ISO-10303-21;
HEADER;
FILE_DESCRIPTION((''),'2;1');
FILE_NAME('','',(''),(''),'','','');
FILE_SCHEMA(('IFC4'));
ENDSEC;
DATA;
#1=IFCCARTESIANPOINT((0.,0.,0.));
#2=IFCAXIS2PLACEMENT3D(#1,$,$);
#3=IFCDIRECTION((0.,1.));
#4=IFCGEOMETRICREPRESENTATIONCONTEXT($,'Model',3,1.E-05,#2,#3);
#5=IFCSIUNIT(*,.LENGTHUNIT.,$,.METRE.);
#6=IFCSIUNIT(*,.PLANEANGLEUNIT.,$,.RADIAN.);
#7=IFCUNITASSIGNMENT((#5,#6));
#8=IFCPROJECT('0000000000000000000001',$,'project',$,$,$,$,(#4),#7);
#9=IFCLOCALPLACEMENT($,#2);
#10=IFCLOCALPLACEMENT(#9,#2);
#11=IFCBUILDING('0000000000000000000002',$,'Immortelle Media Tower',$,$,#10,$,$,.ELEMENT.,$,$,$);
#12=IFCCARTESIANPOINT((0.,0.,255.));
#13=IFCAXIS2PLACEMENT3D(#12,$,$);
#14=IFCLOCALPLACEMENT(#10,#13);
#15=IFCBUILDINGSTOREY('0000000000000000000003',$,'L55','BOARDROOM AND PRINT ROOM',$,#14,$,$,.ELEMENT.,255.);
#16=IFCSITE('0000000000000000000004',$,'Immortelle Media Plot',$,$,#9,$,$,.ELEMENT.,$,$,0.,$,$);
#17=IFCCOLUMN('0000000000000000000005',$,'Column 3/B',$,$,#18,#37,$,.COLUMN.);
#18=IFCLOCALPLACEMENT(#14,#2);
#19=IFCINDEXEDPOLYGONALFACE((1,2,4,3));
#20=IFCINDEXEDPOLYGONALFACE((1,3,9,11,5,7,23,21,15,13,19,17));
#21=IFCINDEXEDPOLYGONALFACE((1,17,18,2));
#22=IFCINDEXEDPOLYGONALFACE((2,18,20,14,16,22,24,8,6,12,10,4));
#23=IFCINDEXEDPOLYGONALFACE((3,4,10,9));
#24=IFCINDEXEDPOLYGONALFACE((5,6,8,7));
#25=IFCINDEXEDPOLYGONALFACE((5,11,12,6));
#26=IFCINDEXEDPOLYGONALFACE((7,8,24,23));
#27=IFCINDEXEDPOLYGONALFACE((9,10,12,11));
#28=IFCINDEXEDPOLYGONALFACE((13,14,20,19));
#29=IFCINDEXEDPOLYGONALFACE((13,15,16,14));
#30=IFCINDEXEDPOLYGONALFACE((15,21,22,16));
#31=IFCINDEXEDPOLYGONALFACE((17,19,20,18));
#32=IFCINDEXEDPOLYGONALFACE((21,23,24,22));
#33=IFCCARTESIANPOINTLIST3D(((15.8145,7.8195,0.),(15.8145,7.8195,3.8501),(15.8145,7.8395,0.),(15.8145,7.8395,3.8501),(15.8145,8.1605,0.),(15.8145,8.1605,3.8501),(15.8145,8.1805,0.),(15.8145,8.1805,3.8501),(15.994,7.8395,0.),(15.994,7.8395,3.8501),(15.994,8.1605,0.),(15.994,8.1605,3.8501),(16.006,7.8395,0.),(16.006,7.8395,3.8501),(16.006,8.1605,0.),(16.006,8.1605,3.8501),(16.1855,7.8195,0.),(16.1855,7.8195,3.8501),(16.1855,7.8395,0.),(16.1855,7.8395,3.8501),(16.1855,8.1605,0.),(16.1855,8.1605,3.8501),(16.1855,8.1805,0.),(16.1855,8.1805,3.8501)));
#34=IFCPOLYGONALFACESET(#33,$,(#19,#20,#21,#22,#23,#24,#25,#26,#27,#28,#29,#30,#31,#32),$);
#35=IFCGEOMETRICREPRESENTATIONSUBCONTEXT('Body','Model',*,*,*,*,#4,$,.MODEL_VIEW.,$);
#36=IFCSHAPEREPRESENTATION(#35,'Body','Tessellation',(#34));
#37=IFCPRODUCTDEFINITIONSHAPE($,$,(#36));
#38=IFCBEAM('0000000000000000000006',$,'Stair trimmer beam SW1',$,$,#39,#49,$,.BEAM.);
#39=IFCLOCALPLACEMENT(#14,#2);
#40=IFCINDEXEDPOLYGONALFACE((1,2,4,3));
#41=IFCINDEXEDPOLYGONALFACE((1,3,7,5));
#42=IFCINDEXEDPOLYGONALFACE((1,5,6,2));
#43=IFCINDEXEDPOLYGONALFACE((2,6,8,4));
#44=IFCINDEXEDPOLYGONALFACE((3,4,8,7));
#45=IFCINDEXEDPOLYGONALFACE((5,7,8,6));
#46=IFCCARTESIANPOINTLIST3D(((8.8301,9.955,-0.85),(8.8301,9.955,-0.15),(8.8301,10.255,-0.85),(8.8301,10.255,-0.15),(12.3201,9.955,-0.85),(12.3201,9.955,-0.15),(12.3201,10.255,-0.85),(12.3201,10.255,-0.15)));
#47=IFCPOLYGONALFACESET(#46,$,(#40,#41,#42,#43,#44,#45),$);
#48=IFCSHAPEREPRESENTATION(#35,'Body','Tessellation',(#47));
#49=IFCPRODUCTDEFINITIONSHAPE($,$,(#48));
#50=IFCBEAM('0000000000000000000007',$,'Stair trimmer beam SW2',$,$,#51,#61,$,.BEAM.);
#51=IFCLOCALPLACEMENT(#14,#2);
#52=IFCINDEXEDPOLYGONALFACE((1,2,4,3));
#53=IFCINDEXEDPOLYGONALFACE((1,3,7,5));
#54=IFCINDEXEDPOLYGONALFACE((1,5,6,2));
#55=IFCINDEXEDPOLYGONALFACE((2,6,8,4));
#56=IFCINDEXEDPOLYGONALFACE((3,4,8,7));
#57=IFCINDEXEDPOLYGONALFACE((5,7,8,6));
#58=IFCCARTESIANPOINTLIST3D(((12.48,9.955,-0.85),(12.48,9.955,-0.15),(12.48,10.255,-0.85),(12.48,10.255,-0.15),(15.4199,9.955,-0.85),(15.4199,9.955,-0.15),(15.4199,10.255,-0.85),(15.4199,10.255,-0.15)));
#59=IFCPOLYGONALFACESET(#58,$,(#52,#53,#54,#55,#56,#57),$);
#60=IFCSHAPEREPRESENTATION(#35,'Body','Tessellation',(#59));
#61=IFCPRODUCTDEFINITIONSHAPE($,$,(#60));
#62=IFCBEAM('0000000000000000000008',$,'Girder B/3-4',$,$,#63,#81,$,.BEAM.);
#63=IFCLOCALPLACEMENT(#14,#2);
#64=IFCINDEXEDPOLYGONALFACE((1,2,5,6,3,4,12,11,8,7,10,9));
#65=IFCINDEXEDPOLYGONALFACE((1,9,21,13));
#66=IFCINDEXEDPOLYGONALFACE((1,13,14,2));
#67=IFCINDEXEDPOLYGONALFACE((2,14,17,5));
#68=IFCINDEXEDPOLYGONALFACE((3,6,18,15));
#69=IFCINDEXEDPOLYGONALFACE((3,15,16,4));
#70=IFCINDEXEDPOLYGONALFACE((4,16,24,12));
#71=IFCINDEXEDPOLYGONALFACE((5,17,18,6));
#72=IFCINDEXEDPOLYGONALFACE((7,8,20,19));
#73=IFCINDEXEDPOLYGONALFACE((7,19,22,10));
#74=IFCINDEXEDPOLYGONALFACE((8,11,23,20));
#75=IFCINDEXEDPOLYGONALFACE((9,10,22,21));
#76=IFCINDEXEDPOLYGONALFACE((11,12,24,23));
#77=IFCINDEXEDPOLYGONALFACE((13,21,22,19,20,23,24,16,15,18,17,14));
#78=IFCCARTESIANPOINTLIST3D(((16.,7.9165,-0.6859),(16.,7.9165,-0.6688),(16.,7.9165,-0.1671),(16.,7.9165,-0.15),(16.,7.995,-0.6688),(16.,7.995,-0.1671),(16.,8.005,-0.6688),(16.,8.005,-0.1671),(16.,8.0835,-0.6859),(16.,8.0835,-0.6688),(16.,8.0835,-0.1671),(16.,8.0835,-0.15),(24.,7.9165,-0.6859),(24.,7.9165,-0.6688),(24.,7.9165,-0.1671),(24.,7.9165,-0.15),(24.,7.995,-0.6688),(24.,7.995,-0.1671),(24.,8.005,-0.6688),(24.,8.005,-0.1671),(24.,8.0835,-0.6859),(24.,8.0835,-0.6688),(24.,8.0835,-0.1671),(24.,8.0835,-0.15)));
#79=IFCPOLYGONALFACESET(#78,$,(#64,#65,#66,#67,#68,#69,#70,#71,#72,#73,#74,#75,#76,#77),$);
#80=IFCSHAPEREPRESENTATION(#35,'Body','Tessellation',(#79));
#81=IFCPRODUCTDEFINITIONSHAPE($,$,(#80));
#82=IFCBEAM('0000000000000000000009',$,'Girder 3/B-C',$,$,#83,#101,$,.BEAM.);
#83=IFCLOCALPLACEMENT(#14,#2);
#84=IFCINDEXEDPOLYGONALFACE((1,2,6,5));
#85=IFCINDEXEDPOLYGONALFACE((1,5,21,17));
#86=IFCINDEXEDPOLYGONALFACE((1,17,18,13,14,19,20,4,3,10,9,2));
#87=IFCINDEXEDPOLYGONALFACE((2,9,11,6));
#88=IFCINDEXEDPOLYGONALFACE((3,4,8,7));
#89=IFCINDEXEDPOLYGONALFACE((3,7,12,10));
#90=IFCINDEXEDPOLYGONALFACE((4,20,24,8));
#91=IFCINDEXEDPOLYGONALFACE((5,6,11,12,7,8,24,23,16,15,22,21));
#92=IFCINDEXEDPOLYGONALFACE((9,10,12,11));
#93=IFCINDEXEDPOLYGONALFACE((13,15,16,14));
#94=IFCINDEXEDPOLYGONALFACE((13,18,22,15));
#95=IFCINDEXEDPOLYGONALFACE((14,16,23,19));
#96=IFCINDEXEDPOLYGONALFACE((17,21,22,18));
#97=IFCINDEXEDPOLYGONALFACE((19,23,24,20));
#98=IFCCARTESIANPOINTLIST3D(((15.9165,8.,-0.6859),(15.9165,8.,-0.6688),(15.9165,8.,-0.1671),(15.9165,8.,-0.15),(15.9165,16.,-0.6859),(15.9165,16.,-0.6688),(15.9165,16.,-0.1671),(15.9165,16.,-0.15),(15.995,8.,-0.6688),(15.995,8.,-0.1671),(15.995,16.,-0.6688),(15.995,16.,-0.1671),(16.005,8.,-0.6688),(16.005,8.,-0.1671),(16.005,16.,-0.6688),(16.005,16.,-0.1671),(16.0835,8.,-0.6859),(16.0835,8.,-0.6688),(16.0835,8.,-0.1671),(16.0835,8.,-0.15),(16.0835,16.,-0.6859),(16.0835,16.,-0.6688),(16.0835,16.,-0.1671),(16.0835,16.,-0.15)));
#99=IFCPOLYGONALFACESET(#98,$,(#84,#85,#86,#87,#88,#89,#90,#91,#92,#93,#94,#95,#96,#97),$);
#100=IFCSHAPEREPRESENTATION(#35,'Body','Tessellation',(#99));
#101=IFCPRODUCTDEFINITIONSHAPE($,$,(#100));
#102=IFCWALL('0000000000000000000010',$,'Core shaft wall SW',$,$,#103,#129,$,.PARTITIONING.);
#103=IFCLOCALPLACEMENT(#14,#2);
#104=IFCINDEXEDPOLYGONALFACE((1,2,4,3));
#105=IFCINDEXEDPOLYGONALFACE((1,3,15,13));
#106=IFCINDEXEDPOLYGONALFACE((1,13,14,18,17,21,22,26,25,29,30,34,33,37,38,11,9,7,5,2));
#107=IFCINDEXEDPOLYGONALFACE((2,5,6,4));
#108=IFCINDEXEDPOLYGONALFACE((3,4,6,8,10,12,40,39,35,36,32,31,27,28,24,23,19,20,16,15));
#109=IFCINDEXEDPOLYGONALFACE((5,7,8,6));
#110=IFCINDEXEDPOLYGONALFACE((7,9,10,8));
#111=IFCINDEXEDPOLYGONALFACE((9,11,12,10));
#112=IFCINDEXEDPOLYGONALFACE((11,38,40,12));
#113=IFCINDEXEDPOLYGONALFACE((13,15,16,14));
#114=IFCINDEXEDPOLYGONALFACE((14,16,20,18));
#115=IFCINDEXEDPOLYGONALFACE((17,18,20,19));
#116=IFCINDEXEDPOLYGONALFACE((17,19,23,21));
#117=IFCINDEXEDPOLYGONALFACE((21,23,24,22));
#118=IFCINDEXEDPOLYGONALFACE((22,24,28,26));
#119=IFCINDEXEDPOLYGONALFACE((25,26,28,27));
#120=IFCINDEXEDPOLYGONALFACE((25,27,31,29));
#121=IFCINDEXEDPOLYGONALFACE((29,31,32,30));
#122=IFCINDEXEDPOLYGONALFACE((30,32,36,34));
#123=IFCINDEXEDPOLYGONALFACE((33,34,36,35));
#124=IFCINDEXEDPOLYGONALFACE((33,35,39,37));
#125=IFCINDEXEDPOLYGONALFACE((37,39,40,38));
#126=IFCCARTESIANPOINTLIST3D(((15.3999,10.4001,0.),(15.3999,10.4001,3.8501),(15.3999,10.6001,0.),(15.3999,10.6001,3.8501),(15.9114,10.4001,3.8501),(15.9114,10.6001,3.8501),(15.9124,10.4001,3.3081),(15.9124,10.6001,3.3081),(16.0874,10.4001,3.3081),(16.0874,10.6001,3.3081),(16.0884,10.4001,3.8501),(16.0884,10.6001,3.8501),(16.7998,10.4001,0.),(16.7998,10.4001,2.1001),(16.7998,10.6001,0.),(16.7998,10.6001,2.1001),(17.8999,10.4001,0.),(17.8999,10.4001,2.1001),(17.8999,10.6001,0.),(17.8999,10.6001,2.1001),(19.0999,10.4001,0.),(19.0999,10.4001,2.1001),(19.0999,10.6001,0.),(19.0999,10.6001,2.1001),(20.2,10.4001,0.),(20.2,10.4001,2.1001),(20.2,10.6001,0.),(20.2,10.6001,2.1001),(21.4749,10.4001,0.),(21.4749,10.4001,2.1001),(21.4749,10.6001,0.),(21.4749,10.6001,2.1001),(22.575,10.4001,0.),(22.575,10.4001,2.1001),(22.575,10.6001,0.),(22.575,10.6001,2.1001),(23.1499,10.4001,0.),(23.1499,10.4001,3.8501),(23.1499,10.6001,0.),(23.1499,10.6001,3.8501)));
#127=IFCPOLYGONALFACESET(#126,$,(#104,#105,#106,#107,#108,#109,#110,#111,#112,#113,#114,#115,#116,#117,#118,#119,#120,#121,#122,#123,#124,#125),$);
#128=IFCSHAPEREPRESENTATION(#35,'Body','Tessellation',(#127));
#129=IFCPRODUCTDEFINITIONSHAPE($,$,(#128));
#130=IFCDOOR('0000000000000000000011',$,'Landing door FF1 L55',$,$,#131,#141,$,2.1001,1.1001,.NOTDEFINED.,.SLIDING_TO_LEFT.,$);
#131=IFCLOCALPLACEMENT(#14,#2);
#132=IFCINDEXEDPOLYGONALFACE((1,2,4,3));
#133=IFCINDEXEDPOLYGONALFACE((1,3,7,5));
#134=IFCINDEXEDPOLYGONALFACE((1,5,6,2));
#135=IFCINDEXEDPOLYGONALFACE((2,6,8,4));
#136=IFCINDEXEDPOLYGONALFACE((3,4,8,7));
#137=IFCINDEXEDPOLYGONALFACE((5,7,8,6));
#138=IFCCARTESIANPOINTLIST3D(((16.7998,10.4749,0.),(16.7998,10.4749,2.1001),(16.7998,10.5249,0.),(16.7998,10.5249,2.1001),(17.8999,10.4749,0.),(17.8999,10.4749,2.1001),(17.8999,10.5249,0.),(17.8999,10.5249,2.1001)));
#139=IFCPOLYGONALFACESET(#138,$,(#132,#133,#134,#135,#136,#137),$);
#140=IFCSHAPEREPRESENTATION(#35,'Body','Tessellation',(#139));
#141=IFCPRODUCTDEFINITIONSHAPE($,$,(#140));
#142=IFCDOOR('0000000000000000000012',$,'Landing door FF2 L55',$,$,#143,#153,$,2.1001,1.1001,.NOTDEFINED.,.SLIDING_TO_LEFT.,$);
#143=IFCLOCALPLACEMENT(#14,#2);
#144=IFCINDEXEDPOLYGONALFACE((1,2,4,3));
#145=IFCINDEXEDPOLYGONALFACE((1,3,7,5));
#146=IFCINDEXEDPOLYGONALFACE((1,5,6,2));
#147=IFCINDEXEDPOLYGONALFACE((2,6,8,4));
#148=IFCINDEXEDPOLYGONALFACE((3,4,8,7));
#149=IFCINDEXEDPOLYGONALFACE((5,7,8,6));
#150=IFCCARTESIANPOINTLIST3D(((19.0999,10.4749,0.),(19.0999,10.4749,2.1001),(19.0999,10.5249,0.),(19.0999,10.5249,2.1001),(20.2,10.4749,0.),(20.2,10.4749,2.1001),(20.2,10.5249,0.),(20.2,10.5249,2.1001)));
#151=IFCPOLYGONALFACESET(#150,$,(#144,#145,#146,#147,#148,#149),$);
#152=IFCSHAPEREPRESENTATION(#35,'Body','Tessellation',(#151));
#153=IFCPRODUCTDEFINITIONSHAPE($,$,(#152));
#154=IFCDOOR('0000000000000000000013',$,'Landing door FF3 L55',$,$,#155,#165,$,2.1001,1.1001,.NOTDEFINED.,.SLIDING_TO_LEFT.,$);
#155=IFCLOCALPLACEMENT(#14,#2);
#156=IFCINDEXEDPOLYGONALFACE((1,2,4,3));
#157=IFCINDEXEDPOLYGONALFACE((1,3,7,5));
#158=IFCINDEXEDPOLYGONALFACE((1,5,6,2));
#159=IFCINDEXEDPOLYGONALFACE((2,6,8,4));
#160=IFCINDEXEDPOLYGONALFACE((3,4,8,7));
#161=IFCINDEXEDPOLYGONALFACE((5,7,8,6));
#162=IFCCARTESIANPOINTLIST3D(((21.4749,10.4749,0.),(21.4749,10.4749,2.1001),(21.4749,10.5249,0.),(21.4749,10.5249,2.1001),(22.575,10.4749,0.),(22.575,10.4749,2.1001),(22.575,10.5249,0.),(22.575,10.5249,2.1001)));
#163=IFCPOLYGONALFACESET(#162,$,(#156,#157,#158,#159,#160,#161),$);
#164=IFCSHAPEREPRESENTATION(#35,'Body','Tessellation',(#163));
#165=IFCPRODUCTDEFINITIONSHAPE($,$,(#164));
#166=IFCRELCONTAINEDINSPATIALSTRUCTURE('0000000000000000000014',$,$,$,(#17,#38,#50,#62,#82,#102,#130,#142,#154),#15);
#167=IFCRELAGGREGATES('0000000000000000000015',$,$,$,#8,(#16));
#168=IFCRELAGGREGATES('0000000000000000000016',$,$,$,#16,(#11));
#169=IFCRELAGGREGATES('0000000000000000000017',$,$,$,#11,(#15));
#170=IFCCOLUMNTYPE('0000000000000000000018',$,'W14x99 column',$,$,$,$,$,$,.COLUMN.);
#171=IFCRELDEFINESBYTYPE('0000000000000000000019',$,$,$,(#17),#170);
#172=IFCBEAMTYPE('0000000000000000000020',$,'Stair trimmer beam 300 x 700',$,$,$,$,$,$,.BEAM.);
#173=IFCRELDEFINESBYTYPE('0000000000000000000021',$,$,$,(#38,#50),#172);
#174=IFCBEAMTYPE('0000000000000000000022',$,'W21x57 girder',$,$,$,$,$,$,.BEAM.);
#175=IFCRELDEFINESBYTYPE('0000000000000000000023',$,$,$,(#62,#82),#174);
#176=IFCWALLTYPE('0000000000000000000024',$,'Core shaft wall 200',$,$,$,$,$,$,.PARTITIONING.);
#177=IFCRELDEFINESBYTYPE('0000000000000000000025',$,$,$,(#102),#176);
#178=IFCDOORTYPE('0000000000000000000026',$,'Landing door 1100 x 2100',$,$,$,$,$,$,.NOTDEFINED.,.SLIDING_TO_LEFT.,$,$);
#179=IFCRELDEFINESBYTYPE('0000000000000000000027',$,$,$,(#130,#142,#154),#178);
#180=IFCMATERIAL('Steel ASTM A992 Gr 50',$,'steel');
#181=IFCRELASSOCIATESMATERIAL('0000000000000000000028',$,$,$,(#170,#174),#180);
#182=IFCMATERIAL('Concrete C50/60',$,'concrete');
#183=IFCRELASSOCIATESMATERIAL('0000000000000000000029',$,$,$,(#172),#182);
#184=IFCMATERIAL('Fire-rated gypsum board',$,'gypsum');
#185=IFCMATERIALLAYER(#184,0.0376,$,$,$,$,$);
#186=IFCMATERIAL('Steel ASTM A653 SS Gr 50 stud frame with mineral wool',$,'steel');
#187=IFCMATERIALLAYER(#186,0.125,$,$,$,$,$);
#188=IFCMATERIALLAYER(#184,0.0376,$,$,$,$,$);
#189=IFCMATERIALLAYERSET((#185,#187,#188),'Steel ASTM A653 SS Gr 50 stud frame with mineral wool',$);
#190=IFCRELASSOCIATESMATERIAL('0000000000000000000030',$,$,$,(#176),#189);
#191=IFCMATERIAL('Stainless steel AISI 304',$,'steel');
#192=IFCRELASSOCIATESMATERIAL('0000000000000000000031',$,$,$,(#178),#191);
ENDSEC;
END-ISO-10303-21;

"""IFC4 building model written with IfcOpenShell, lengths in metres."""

from ifc_helpers import new_model, si_unit, direction, frame, frame_2d, origin, origin_2d, place, context, subcontext, project, spatial, polyline, rectangle, i_section, outline, extrude, material, layer, layer_set, material_profile, profile_set, type_object, element, fill, save


model = new_model("IFC4")

# Units and contexts
model_context = context("Model", 3, precision=1e-05, world=origin(), true_north=direction((0.0, 1.0)))
body_context = subcontext(model_context, "Body", "Model", "MODEL_VIEW")
ifc_project = project(units=[si_unit("LENGTHUNIT", "METRE"), si_unit("PLANEANGLEUNIT", "RADIAN")], contexts=[model_context])

# Site, building, storey
site_placement = place(None, origin())
site = spatial("IfcSite", under=ifc_project, at=site_placement, Name="Immortelle Media Plot", CompositionType="ELEMENT", RefElevation=0.0)
building_placement = place(site_placement, origin())
building = spatial("IfcBuilding", under=site, at=building_placement, Name="Immortelle Media Tower", CompositionType="ELEMENT")
storey_placement = place(building_placement, frame((0.0, 0.0, 255.0)))
storey = spatial("IfcBuildingStorey", under=building, at=storey_placement, Name="L55", Description="BOARDROOM AND PRINT ROOM", CompositionType="ELEMENT", Elevation=255.0)

# Column
ifc_material_1 = material(Name="Steel ASTM A992 Gr 50", Category="steel")
ifc_material_profile_1 = material_profile(ifc_material_1, i_section(OverallWidth=0.3711, OverallDepth=0.3611, WebThickness=0.012, FlangeThickness=0.02, at=origin_2d()), Name="W14x99")
ifc_profile_set_1 = profile_set([ifc_material_profile_1], Name="Steel ASTM A992 Gr 50")
column_type = type_object("IfcColumnType", Name="W14x99 column", PredefinedType="COLUMN", material=ifc_profile_set_1)
column_placement = place(storey_placement, frame((16.0, 8.0, 0.0), z_axis=(0.0, 0.0, 1.0), x_axis=(1.0, 0.0, 0.0)))
element("IfcColumn", 1, at=column_placement, inside=storey, type_object=column_type, Name="Column 3/B", PredefinedType="COLUMN", context=body_context, shape_type="SweptSolid", body=[
    extrude(i_section(OverallWidth=0.3711, OverallDepth=0.3611, WebThickness=0.012, FlangeThickness=0.02, at=origin_2d()), origin(), (0.0, 0.0, 1.0), 3.8501),
])

# Beams
ifc_material_2 = material(Name="Concrete C50/60", Category="concrete")
ifc_material_profile_2 = material_profile(ifc_material_2, rectangle(XDim=0.3, YDim=0.7, at=origin_2d()), Name="RC 300x700")
ifc_profile_set_2 = profile_set([ifc_material_profile_2], Name="Concrete C50/60")
beam_type_1 = type_object("IfcBeamType", Name="Stair trimmer beam 300 x 700", PredefinedType="BEAM", material=ifc_profile_set_2)
beam_1_placement = place(storey_placement, frame((8.8301, 10.105, -0.5), z_axis=(1.0, 0.0, 0.0), x_axis=(0.0, 1.0, 0.0)))
element("IfcBeam", 2, at=beam_1_placement, inside=storey, type_object=beam_type_1, Name="Stair trimmer beam SW1", PredefinedType="BEAM", context=body_context, shape_type="SweptSolid", body=[
    extrude(rectangle(XDim=0.3, YDim=0.7, at=origin_2d()), origin(), (0.0, 0.0, 1.0), 3.49),
])
beam_2_placement = place(storey_placement, frame((12.48, 10.105, -0.5), z_axis=(1.0, 0.0, 0.0), x_axis=(0.0, 1.0, 0.0)))
element("IfcBeam", 3, at=beam_2_placement, inside=storey, type_object=beam_type_1, Name="Stair trimmer beam SW2", PredefinedType="BEAM", context=body_context, shape_type="SweptSolid", body=[
    extrude(rectangle(XDim=0.3, YDim=0.7, at=origin_2d()), origin(), (0.0, 0.0, 1.0), 2.9399),
])
ifc_material_profile_3 = material_profile(ifc_material_1, i_section(OverallWidth=0.167, OverallDepth=0.5359, WebThickness=0.01, FlangeThickness=0.0171, at=origin_2d()), Name="W21x57")
ifc_profile_set_3 = profile_set([ifc_material_profile_3], Name="Steel ASTM A992 Gr 50")
beam_type_2 = type_object("IfcBeamType", Name="W21x57 girder", PredefinedType="BEAM", material=ifc_profile_set_3)
for number, where, z_axis, x_axis, name in (
    (4, (16.0, 8.0, -0.418), (1.0, 0.0, 0.0), (0.0, 1.0, 0.0), "Girder B/3-4"),
    (5, (16.0, 8.0, -0.418), (0.0, 1.0, 0.0), (-1.0, 0.0, 0.0), "Girder 3/B-C"),
):
    element("IfcBeam", number, at=place(storey_placement, frame(where, z_axis=z_axis, x_axis=x_axis)), inside=storey, type_object=beam_type_2, Name=name, PredefinedType="BEAM", context=body_context, shape_type="SweptSolid", body=[
        extrude(i_section(OverallWidth=0.167, OverallDepth=0.5359, WebThickness=0.01, FlangeThickness=0.0171, at=origin_2d()), origin(), (0.0, 0.0, 1.0), 8.0),
    ])

# Wall, openings, doors
ifc_material_3 = material(Name="Fire-rated gypsum board", Category="gypsum")
ifc_layer_1 = layer(ifc_material_3, 0.0376)
ifc_material_4 = material(Name="Steel ASTM A653 SS Gr 50 stud frame with mineral wool", Category="steel")
ifc_layer_2 = layer(ifc_material_4, 0.125)
ifc_layer_3 = layer(ifc_material_3, 0.0376)
ifc_layer_set_1 = layer_set([ifc_layer_1, ifc_layer_2, ifc_layer_3], Name="Steel ASTM A653 SS Gr 50 stud frame with mineral wool")
wall_type_1 = type_object("IfcWallType", Name="Core shaft wall 200", PredefinedType="PARTITIONING", material=ifc_layer_set_1)
wall_1_placement = place(storey_placement, frame((15.3999, 10.5, 0.0), z_axis=(0.0, 0.0, 1.0), x_axis=(1.0, 0.0, 0.0)))
wall_1 = element("IfcWall", 6, at=wall_1_placement, inside=storey, type_object=wall_type_1, Name="Core shaft wall SW", PredefinedType="PARTITIONING", context=body_context, shape_type="SweptSolid", body=[
    extrude(outline(polyline([(0.0, 0.0), (7.75, 0.0), (7.75, 3.8501), (0.6885, 3.8501), (0.6875, 3.3081), (0.5125, 3.3081), (0.5115, 3.8501), (0.0, 3.8501), (0.0, 0.0)])), frame((0.0, 0.1001, 0.0), z_axis=(0.0, -1.0, 0.0), x_axis=(1.0, 0.0, 0.0)), (0.0, 0.0, 1.0), 0.2),
])
opening_1_placement = place(wall_1_placement, frame((1.3999, 0.0, 0.0)))
opening_1 = element("IfcOpeningElement", 7, at=opening_1_placement, cuts=wall_1, PredefinedType="OPENING", context=body_context, shape_type="SweptSolid", body=[
    extrude(rectangle(XDim=1.1001, YDim=2.1001, at=frame_2d((0.55, 1.05))), frame((0.0, 0.1099, 0.0), z_axis=(0.0, -1.0, 0.0), x_axis=(1.0, 0.0, 0.0)), (0.0, 0.0, 1.0), 0.22),
])
opening_2_placement = place(wall_1_placement, frame((3.7, 0.0, 0.0)))
opening_2 = element("IfcOpeningElement", 8, at=opening_2_placement, cuts=wall_1, PredefinedType="OPENING", context=body_context, shape_type="SweptSolid", body=[
    extrude(rectangle(XDim=1.1001, YDim=2.1001, at=frame_2d((0.55, 1.05))), frame((0.0, 0.1099, 0.0), z_axis=(0.0, -1.0, 0.0), x_axis=(1.0, 0.0, 0.0)), (0.0, 0.0, 1.0), 0.22),
])
opening_3_placement = place(wall_1_placement, frame((6.075, 0.0, 0.0)))
opening_3 = element("IfcOpeningElement", 9, at=opening_3_placement, cuts=wall_1, PredefinedType="OPENING", context=body_context, shape_type="SweptSolid", body=[
    extrude(rectangle(XDim=1.1001, YDim=2.1001, at=frame_2d((0.55, 1.05))), frame((0.0, 0.1099, 0.0), z_axis=(0.0, -1.0, 0.0), x_axis=(1.0, 0.0, 0.0)), (0.0, 0.0, 1.0), 0.22),
])
ifc_material_5 = material(Name="Stainless steel AISI 304", Category="steel")
door_type_1 = type_object("IfcDoorType", Name="Landing door 1100 x 2100", OperationType="SLIDING_TO_LEFT", PredefinedType="NOTDEFINED", material=ifc_material_5)
door_1_placement = place(opening_1_placement, origin())
door_1 = element("IfcDoor", 10, at=door_1_placement, inside=storey, type_object=door_type_1, Name="Landing door FF1 L55", OperationType="SLIDING_TO_LEFT", OverallHeight=2.1001, OverallWidth=1.1001, PredefinedType="NOTDEFINED", context=body_context, shape_type="SweptSolid", body=[
    extrude(rectangle(XDim=1.1001, YDim=2.1001, at=frame_2d((0.55, 1.05))), frame((0.0, 0.0249, 0.0), z_axis=(0.0, -1.0, 0.0), x_axis=(1.0, 0.0, 0.0)), (0.0, 0.0, 1.0), 0.05),
])
fill(opening_1, door_1)
door_2_placement = place(opening_2_placement, origin())
door_2 = element("IfcDoor", 11, at=door_2_placement, inside=storey, type_object=door_type_1, Name="Landing door FF2 L55", OperationType="SLIDING_TO_LEFT", OverallHeight=2.1001, OverallWidth=1.1001, PredefinedType="NOTDEFINED", context=body_context, shape_type="SweptSolid", body=[
    extrude(rectangle(XDim=1.1001, YDim=2.1001, at=frame_2d((0.55, 1.05))), frame((0.0, 0.0249, 0.0), z_axis=(0.0, -1.0, 0.0), x_axis=(1.0, 0.0, 0.0)), (0.0, 0.0, 1.0), 0.05),
])
fill(opening_2, door_2)
door_3_placement = place(opening_3_placement, origin())
door_3 = element("IfcDoor", 12, at=door_3_placement, inside=storey, type_object=door_type_1, Name="Landing door FF3 L55", OperationType="SLIDING_TO_LEFT", OverallHeight=2.1001, OverallWidth=1.1001, PredefinedType="NOTDEFINED", context=body_context, shape_type="SweptSolid", body=[
    extrude(rectangle(XDim=1.1001, YDim=2.1001, at=frame_2d((0.55, 1.05))), frame((0.0, 0.0249, 0.0), z_axis=(0.0, -1.0, 0.0), x_axis=(1.0, 0.0, 0.0)), (0.0, 0.0, 1.0), 0.05),
])
fill(opening_3, door_3)

save(model, "model.ifc")
